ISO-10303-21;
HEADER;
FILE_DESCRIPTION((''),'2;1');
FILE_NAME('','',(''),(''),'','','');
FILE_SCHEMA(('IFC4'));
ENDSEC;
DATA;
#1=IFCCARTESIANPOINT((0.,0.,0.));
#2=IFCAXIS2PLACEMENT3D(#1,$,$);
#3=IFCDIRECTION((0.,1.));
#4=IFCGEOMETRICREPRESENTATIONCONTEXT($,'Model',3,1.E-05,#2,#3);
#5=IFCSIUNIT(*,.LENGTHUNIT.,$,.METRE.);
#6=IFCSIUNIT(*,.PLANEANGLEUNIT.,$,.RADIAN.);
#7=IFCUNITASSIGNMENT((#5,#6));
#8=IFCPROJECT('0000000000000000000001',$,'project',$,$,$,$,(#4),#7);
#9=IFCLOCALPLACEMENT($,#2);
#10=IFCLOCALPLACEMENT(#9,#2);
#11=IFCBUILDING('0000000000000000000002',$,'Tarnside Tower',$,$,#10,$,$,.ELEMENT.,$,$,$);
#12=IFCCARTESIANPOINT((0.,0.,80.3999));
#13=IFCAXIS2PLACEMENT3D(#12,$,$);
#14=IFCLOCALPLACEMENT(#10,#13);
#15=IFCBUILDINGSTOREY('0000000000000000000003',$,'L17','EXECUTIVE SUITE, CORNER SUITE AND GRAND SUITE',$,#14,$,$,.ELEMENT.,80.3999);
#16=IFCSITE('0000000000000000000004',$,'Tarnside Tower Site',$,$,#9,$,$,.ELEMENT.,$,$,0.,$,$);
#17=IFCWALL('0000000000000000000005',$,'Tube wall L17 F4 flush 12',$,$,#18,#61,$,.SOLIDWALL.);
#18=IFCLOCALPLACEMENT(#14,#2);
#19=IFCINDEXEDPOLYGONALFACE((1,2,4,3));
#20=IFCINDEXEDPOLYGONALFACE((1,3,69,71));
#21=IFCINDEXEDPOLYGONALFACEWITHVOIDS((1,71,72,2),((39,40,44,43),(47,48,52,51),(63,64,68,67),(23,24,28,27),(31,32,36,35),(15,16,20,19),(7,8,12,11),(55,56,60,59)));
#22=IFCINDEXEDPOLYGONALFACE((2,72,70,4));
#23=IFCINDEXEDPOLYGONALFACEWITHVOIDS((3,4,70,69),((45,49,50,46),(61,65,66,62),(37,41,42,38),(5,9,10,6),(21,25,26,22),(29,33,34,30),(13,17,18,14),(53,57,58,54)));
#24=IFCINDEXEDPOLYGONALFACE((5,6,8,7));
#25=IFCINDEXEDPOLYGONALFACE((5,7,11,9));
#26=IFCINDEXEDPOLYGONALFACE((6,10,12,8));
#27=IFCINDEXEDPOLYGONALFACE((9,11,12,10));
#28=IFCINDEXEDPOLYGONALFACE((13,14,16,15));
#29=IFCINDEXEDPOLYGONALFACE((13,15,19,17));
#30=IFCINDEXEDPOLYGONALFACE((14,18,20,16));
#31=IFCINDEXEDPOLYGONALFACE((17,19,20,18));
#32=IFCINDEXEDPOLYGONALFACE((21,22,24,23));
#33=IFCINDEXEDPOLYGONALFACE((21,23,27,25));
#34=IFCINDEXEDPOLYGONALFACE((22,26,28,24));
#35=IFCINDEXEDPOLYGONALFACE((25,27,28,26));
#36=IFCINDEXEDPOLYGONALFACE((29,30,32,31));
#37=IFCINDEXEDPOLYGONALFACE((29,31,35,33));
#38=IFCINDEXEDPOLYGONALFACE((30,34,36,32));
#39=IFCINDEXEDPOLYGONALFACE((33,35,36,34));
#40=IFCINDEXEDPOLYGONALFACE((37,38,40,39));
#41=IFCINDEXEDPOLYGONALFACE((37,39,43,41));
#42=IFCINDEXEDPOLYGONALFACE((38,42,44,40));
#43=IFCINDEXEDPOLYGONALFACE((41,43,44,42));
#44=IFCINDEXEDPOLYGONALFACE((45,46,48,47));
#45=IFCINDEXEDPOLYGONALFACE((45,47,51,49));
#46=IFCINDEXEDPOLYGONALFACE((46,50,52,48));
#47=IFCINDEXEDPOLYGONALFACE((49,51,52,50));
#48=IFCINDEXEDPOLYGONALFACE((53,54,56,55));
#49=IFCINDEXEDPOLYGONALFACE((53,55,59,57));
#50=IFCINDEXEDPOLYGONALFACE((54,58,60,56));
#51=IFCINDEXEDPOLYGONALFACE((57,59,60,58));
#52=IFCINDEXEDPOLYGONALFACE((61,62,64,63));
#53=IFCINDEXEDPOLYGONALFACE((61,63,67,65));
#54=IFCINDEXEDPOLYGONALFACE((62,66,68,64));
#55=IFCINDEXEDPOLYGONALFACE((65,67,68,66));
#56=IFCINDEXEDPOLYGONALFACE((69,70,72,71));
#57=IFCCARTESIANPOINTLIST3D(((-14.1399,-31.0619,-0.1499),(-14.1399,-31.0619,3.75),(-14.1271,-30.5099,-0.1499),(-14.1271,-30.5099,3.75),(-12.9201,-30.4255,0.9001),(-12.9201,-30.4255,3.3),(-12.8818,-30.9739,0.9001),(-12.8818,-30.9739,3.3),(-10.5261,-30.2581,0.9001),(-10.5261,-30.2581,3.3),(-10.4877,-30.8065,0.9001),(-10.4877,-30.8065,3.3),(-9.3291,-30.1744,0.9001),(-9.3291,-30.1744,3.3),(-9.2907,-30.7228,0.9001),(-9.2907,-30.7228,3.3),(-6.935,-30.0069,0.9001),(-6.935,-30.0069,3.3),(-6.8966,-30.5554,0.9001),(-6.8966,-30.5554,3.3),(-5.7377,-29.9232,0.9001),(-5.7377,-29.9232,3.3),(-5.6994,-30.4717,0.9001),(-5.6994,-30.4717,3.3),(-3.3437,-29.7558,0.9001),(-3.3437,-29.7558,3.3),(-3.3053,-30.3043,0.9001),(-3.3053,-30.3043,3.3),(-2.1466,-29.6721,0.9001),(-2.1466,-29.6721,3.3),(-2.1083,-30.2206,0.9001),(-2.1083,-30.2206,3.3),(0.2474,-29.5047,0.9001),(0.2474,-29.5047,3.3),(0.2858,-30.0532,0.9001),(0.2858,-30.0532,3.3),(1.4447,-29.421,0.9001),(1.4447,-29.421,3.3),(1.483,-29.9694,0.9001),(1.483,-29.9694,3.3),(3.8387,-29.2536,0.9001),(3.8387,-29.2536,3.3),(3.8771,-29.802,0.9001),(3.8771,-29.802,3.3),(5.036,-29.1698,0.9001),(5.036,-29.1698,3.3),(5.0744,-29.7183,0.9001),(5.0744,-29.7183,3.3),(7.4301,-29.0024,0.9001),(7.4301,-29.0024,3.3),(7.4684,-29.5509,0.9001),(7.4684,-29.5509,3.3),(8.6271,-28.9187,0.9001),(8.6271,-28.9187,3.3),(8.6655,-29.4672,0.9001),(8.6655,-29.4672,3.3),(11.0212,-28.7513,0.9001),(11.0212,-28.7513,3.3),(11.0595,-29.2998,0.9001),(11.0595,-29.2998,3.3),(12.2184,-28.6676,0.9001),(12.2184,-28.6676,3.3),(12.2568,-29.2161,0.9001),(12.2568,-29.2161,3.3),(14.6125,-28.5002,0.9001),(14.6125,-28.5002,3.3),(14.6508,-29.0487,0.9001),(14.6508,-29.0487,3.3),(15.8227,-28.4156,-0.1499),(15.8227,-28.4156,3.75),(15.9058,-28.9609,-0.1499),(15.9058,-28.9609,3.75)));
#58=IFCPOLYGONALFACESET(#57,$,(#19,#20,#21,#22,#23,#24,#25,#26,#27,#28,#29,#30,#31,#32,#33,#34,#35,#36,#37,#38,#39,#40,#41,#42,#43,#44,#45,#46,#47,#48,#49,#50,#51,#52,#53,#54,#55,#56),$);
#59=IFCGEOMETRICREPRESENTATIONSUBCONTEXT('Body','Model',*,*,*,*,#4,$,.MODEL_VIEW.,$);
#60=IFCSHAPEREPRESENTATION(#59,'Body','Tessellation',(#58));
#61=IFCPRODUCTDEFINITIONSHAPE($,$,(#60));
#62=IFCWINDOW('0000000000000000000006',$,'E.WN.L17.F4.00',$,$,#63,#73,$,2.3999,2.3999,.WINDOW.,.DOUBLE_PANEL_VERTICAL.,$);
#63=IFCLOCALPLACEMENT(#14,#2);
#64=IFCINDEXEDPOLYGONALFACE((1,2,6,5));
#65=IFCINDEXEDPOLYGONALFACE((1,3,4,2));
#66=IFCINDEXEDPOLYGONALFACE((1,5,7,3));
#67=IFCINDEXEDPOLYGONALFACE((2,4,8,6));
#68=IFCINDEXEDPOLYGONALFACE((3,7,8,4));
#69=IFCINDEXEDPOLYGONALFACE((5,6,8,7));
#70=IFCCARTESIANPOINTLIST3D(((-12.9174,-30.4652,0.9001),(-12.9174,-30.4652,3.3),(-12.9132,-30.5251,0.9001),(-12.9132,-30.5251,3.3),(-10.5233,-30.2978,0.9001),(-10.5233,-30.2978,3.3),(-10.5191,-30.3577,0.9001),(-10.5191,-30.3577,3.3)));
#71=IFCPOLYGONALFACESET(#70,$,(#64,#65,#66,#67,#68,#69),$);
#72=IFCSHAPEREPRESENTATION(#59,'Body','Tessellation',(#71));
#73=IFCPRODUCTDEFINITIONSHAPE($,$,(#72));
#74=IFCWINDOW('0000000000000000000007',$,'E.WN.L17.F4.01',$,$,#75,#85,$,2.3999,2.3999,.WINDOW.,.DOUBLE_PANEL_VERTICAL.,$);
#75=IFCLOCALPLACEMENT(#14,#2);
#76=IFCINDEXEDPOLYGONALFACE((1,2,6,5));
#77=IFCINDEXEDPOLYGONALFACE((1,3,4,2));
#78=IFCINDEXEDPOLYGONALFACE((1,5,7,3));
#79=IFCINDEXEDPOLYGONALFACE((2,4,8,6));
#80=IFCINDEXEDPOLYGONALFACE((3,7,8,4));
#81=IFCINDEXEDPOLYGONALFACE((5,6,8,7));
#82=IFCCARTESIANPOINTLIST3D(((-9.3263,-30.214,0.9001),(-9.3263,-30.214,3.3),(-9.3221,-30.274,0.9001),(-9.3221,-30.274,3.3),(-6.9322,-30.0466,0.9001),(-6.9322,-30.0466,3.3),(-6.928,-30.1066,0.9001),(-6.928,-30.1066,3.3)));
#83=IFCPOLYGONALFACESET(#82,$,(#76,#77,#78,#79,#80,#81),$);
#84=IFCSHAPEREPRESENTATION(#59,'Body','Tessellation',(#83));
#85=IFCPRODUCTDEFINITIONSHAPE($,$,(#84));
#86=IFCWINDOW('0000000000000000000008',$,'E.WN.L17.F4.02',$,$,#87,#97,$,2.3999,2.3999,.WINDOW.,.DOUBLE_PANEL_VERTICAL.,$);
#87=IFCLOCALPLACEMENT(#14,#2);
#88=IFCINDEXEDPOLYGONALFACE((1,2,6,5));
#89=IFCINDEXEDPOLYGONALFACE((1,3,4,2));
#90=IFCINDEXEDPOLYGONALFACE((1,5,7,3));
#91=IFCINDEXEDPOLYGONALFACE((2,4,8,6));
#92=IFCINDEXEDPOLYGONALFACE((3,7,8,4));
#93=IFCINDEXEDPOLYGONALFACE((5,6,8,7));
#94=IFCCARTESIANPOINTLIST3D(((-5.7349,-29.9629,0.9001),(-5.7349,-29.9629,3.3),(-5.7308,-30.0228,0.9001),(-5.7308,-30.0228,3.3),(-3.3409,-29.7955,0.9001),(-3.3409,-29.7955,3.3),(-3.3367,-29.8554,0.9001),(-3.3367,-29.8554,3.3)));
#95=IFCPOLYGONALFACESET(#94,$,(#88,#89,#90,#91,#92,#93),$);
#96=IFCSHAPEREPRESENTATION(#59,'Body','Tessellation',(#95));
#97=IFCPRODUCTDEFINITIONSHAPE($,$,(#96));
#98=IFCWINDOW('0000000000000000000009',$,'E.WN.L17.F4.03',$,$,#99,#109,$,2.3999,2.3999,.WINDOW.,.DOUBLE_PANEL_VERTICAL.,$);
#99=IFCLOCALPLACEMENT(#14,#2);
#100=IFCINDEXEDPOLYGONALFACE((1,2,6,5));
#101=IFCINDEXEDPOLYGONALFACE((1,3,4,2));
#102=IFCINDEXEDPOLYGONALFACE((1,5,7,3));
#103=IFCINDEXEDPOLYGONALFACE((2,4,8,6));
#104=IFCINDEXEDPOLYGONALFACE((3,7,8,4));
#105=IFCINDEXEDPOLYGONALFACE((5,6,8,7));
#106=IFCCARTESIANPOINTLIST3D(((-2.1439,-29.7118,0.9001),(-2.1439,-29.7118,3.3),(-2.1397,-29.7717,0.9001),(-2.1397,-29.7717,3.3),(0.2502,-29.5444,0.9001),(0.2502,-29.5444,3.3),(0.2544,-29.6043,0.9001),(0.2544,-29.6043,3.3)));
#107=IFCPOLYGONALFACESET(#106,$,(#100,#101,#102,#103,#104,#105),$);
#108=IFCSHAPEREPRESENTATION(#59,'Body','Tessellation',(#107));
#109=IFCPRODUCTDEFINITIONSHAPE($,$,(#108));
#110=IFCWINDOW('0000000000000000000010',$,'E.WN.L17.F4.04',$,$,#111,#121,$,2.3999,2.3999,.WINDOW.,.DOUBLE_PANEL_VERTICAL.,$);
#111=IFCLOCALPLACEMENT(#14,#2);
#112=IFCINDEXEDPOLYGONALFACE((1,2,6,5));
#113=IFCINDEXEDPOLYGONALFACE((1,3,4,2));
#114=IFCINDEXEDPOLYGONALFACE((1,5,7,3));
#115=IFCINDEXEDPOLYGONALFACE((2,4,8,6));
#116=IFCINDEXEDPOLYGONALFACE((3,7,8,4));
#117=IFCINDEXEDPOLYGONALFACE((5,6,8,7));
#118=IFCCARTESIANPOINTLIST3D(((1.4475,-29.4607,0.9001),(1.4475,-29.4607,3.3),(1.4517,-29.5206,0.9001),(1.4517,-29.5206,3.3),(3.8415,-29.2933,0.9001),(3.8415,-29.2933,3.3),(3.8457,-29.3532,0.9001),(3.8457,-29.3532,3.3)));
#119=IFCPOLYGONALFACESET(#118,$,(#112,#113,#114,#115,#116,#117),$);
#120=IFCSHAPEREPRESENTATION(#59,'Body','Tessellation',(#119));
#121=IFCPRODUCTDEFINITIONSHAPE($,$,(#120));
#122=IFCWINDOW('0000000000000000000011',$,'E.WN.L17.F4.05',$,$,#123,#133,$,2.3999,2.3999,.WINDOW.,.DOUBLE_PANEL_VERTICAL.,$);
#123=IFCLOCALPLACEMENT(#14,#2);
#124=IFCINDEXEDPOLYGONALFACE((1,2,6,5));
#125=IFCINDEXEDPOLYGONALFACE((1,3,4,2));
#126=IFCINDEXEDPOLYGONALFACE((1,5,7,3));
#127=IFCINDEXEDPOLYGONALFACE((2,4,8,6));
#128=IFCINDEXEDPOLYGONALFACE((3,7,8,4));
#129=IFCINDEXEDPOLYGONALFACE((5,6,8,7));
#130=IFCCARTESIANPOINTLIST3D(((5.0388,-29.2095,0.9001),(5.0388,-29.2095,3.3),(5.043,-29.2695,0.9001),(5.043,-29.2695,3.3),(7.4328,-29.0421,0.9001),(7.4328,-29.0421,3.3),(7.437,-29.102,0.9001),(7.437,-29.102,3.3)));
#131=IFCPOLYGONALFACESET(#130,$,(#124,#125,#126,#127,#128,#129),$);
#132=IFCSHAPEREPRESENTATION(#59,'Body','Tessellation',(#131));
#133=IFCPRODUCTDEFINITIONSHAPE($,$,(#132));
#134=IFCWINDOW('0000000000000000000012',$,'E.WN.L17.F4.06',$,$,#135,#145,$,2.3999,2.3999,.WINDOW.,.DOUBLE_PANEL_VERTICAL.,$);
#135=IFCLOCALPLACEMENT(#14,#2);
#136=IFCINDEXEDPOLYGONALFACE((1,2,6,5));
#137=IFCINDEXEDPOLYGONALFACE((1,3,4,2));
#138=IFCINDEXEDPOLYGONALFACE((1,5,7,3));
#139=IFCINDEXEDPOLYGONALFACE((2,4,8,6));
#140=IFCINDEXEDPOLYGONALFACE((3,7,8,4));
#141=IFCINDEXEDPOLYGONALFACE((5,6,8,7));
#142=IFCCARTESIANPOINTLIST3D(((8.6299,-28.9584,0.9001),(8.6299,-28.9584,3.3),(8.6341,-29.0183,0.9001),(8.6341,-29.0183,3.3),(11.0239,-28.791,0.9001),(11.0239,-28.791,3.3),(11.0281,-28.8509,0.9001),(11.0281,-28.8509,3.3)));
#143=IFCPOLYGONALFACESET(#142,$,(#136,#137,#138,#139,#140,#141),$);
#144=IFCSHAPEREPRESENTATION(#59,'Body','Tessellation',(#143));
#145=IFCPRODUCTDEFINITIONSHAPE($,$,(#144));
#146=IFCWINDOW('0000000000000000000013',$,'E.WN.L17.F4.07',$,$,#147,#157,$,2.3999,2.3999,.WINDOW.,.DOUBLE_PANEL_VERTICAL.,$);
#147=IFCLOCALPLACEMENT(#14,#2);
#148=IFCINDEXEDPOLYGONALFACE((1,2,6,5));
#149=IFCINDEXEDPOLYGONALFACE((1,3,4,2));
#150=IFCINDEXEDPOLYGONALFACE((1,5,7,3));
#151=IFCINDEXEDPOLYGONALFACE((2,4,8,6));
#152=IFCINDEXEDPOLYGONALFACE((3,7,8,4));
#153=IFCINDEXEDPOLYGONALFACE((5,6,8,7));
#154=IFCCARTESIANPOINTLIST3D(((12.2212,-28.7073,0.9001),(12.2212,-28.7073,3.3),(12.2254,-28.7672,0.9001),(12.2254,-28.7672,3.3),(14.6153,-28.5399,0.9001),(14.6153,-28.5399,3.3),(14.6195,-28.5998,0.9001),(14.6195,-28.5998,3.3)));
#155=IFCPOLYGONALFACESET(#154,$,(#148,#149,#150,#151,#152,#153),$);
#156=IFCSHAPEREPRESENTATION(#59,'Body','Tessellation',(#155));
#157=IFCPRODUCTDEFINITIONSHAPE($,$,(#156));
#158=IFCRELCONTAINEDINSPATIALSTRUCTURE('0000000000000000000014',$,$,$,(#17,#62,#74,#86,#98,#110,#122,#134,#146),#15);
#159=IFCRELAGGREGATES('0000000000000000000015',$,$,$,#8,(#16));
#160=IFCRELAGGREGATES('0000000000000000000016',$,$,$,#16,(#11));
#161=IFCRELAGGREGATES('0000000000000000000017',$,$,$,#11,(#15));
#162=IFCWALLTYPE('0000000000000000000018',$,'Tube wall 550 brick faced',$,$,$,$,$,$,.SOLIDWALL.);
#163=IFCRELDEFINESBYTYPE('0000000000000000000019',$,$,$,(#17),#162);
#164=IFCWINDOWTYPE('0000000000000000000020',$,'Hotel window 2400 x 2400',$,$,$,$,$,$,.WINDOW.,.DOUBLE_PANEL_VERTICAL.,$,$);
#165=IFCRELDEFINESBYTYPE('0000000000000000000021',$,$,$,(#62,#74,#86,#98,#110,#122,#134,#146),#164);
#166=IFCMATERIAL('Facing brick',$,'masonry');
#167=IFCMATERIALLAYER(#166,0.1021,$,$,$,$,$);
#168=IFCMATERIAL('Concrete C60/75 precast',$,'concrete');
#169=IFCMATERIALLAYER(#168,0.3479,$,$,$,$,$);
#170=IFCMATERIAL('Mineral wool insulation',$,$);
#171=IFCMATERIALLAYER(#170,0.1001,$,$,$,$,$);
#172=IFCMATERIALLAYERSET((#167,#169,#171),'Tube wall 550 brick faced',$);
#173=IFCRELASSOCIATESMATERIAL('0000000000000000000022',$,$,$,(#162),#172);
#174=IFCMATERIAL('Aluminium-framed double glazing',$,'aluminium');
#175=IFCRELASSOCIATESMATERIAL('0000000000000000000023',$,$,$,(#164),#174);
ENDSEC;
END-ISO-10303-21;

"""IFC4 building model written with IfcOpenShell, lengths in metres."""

from ifc_helpers import new_model, si_unit, direction, frame, frame_2d, origin, place, context, subcontext, project, spatial, polyline, rectangle, outline, extrude, material, layer, layer_set, type_object, element, fill, save


model = new_model("IFC4")

# Units and contexts
model_context = context("Model", 3, precision=1e-05, world=origin(), true_north=direction((0.0, 1.0)))
body_context = subcontext(model_context, "Body", "Model", "MODEL_VIEW")
ifc_project = project(units=[si_unit("LENGTHUNIT", "METRE"), si_unit("PLANEANGLEUNIT", "RADIAN")], contexts=[model_context])

# Site, building, storey
site_placement = place(None, origin())
site = spatial("IfcSite", under=ifc_project, at=site_placement, Name="Tarnside Tower Site", CompositionType="ELEMENT", RefElevation=0.0)
building_placement = place(site_placement, origin())
building = spatial("IfcBuilding", under=site, at=building_placement, Name="Tarnside Tower", CompositionType="ELEMENT")
storey_placement = place(building_placement, frame((0.0, 0.0, 80.3999)))
storey = spatial("IfcBuildingStorey", under=building, at=storey_placement, Name="L17", Description="EXECUTIVE SUITE, CORNER SUITE AND GRAND SUITE", CompositionType="ELEMENT", Elevation=80.3999)

# Shared definitions
ifc_material_1 = material(Name="Facing brick", Category="masonry")
ifc_layer_1 = layer(ifc_material_1, 0.1021)
ifc_material_2 = material(Name="Concrete C60/75 precast", Category="concrete")
ifc_layer_2 = layer(ifc_material_2, 0.3479)
ifc_material_3 = material(Name="Mineral wool insulation")
ifc_layer_3 = layer(ifc_material_3, 0.1001)
ifc_layer_set_1 = layer_set([ifc_layer_1, ifc_layer_2, ifc_layer_3], Name="Tube wall 550 brick faced")
wall_type_1 = type_object("IfcWallType", Name="Tube wall 550 brick faced", PredefinedType="SOLIDWALL", material=ifc_layer_set_1)

# Wall, openings, windows
wall_1_placement = place(storey_placement, frame((-14.1335, -30.7859, -0.1499), z_axis=(0.0, 0.0, 1.0), x_axis=(0.997564, 0.069757, 0.0)))
wall_1 = element("IfcWall", 1, at=wall_1_placement, inside=storey, type_object=wall_type_1, Name="Tube wall L17 F4 flush 12", PredefinedType="SOLIDWALL", context=body_context, shape_type="SweptSolid", body=[
    extrude(outline(polyline([(-0.0256, -0.2749), (30.0935, -0.2749), (30.0486, 0.2749), (0.0256, 0.2749), (-0.0256, -0.2749)])), origin(), (0.0, 0.0, 1.0), 3.8999),
])
opening_1_placement = place(wall_1_placement, frame((1.2356, 0.0, 1.05)))
opening_1 = element("IfcOpeningElement", 2, at=opening_1_placement, cuts=wall_1, PredefinedType="OPENING", context=body_context, shape_type="SweptSolid", body=[
    extrude(rectangle(XDim=2.3999, YDim=2.3999, at=frame_2d((1.2, 1.2))), frame((0.0, 0.2852, 0.0), z_axis=(0.0, -1.0, 0.0), x_axis=(1.0, 0.0, 0.0)), (0.0, 0.0, 1.0), 0.5701),
])
opening_2_placement = place(wall_1_placement, frame((4.8354, 0.0, 1.05)))
opening_2 = element("IfcOpeningElement", 3, at=opening_2_placement, cuts=wall_1, PredefinedType="OPENING", context=body_context, shape_type="SweptSolid", body=[
    extrude(rectangle(XDim=2.3999, YDim=2.3999, at=frame_2d((1.2, 1.2))), frame((0.0, 0.2852, 0.0), z_axis=(0.0, -1.0, 0.0), x_axis=(1.0, 0.0, 0.0)), (0.0, 0.0, 1.0), 0.5701),
])
opening_3_placement = place(wall_1_placement, frame((8.4355, 0.0, 1.05)))
opening_3 = element("IfcOpeningElement", 4, at=opening_3_placement, cuts=wall_1, PredefinedType="OPENING", context=body_context, shape_type="SweptSolid", body=[
    extrude(rectangle(XDim=2.3999, YDim=2.3999, at=frame_2d((1.2, 1.2))), frame((0.0, 0.2852, 0.0), z_axis=(0.0, -1.0, 0.0), x_axis=(1.0, 0.0, 0.0)), (0.0, 0.0, 1.0), 0.5701),
])
opening_4_placement = place(wall_1_placement, frame((12.0354, 0.0, 1.05)))
opening_4 = element("IfcOpeningElement", 5, at=opening_4_placement, cuts=wall_1, PredefinedType="OPENING", context=body_context, shape_type="SweptSolid", body=[
    extrude(rectangle(XDim=2.3999, YDim=2.3999, at=frame_2d((1.2, 1.2))), frame((0.0, 0.2852, 0.0), z_axis=(0.0, -1.0, 0.0), x_axis=(1.0, 0.0, 0.0)), (0.0, 0.0, 1.0), 0.5701),
])
opening_5_placement = place(wall_1_placement, frame((15.6355, 0.0, 1.05)))
opening_5 = element("IfcOpeningElement", 6, at=opening_5_placement, cuts=wall_1, PredefinedType="OPENING", context=body_context, shape_type="SweptSolid", body=[
    extrude(rectangle(XDim=2.3999, YDim=2.3999, at=frame_2d((1.2, 1.2))), frame((0.0, 0.2852, 0.0), z_axis=(0.0, -1.0, 0.0), x_axis=(1.0, 0.0, 0.0)), (0.0, 0.0, 1.0), 0.5701),
])
opening_6_placement = place(wall_1_placement, frame((19.2356, 0.0, 1.05)))
opening_6 = element("IfcOpeningElement", 7, at=opening_6_placement, cuts=wall_1, PredefinedType="OPENING", context=body_context, shape_type="SweptSolid", body=[
    extrude(rectangle(XDim=2.3999, YDim=2.3999, at=frame_2d((1.2, 1.2))), frame((0.0, 0.2852, 0.0), z_axis=(0.0, -1.0, 0.0), x_axis=(1.0, 0.0, 0.0)), (0.0, 0.0, 1.0), 0.5701),
])
opening_7_placement = place(wall_1_placement, frame((22.8354, 0.0, 1.05)))
opening_7 = element("IfcOpeningElement", 8, at=opening_7_placement, cuts=wall_1, PredefinedType="OPENING", context=body_context, shape_type="SweptSolid", body=[
    extrude(rectangle(XDim=2.3999, YDim=2.3999, at=frame_2d((1.2, 1.2))), frame((0.0, 0.2852, 0.0), z_axis=(0.0, -1.0, 0.0), x_axis=(1.0, 0.0, 0.0)), (0.0, 0.0, 1.0), 0.5701),
])
opening_8_placement = place(wall_1_placement, frame((26.4355, 0.0, 1.05)))
opening_8 = element("IfcOpeningElement", 9, at=opening_8_placement, cuts=wall_1, PredefinedType="OPENING", context=body_context, shape_type="SweptSolid", body=[
    extrude(rectangle(XDim=2.3999, YDim=2.3999, at=frame_2d((1.2, 1.2))), frame((0.0, 0.2852, 0.0), z_axis=(0.0, -1.0, 0.0), x_axis=(1.0, 0.0, 0.0)), (0.0, 0.0, 1.0), 0.5701),
])
ifc_material_4 = material(Name="Aluminium-framed double glazing", Category="aluminium")
window_type = type_object("IfcWindowType", Name="Hotel window 2400 x 2400", PartitioningType="DOUBLE_PANEL_VERTICAL", PredefinedType="WINDOW", material=ifc_material_4)
window_1_placement = place(opening_1_placement, frame((0.0, 0.2051, 0.0)))
window_1 = element("IfcWindow", 10, at=window_1_placement, inside=storey, type_object=window_type, Name="E.WN.L17.F4.00", OverallHeight=2.3999, OverallWidth=2.3999, PartitioningType="DOUBLE_PANEL_VERTICAL", PredefinedType="WINDOW", context=body_context, shape_type="SweptSolid", body=[
    extrude(rectangle(XDim=2.3999, YDim=2.3999, at=frame_2d((1.2, 1.2))), frame((0.0, 0.03, 0.0), z_axis=(0.0, -1.0, 0.0), x_axis=(1.0, 0.0, 0.0)), (0.0, 0.0, 1.0), 0.0601),
])
fill(opening_1, window_1)
window_2_placement = place(opening_2_placement, frame((0.0, 0.2051, 0.0)))
window_2 = element("IfcWindow", 11, at=window_2_placement, inside=storey, type_object=window_type, Name="E.WN.L17.F4.01", OverallHeight=2.3999, OverallWidth=2.3999, PartitioningType="DOUBLE_PANEL_VERTICAL", PredefinedType="WINDOW", context=body_context, shape_type="SweptSolid", body=[
    extrude(rectangle(XDim=2.3999, YDim=2.3999, at=frame_2d((1.2, 1.2))), frame((0.0, 0.03, 0.0), z_axis=(0.0, -1.0, 0.0), x_axis=(1.0, 0.0, 0.0)), (0.0, 0.0, 1.0), 0.0601),
])
fill(opening_2, window_2)
window_3_placement = place(opening_3_placement, frame((0.0, 0.2051, 0.0)))
window_3 = element("IfcWindow", 12, at=window_3_placement, inside=storey, type_object=window_type, Name="E.WN.L17.F4.02", OverallHeight=2.3999, OverallWidth=2.3999, PartitioningType="DOUBLE_PANEL_VERTICAL", PredefinedType="WINDOW", context=body_context, shape_type="SweptSolid", body=[
    extrude(rectangle(XDim=2.3999, YDim=2.3999, at=frame_2d((1.2, 1.2))), frame((0.0, 0.03, 0.0), z_axis=(0.0, -1.0, 0.0), x_axis=(1.0, 0.0, 0.0)), (0.0, 0.0, 1.0), 0.0601),
])
fill(opening_3, window_3)
window_4_placement = place(opening_4_placement, frame((0.0, 0.2051, 0.0)))
window_4 = element("IfcWindow", 13, at=window_4_placement, inside=storey, type_object=window_type, Name="E.WN.L17.F4.03", OverallHeight=2.3999, OverallWidth=2.3999, PartitioningType="DOUBLE_PANEL_VERTICAL", PredefinedType="WINDOW", context=body_context, shape_type="SweptSolid", body=[
    extrude(rectangle(XDim=2.3999, YDim=2.3999, at=frame_2d((1.2, 1.2))), frame((0.0, 0.03, 0.0), z_axis=(0.0, -1.0, 0.0), x_axis=(1.0, 0.0, 0.0)), (0.0, 0.0, 1.0), 0.0601),
])
fill(opening_4, window_4)
window_5_placement = place(opening_5_placement, frame((0.0, 0.2051, 0.0)))
window_5 = element("IfcWindow", 14, at=window_5_placement, inside=storey, type_object=window_type, Name="E.WN.L17.F4.04", OverallHeight=2.3999, OverallWidth=2.3999, PartitioningType="DOUBLE_PANEL_VERTICAL", PredefinedType="WINDOW", context=body_context, shape_type="SweptSolid", body=[
    extrude(rectangle(XDim=2.3999, YDim=2.3999, at=frame_2d((1.2, 1.2))), frame((0.0, 0.03, 0.0), z_axis=(0.0, -1.0, 0.0), x_axis=(1.0, 0.0, 0.0)), (0.0, 0.0, 1.0), 0.0601),
])
fill(opening_5, window_5)
window_6_placement = place(opening_6_placement, frame((0.0, 0.2051, 0.0)))
window_6 = element("IfcWindow", 15, at=window_6_placement, inside=storey, type_object=window_type, Name="E.WN.L17.F4.05", OverallHeight=2.3999, OverallWidth=2.3999, PartitioningType="DOUBLE_PANEL_VERTICAL", PredefinedType="WINDOW", context=body_context, shape_type="SweptSolid", body=[
    extrude(rectangle(XDim=2.3999, YDim=2.3999, at=frame_2d((1.2, 1.2))), frame((0.0, 0.03, 0.0), z_axis=(0.0, -1.0, 0.0), x_axis=(1.0, 0.0, 0.0)), (0.0, 0.0, 1.0), 0.0601),
])
fill(opening_6, window_6)
window_7_placement = place(opening_7_placement, frame((0.0, 0.2051, 0.0)))
window_7 = element("IfcWindow", 16, at=window_7_placement, inside=storey, type_object=window_type, Name="E.WN.L17.F4.06", OverallHeight=2.3999, OverallWidth=2.3999, PartitioningType="DOUBLE_PANEL_VERTICAL", PredefinedType="WINDOW", context=body_context, shape_type="SweptSolid", body=[
    extrude(rectangle(XDim=2.3999, YDim=2.3999, at=frame_2d((1.2, 1.2))), frame((0.0, 0.03, 0.0), z_axis=(0.0, -1.0, 0.0), x_axis=(1.0, 0.0, 0.0)), (0.0, 0.0, 1.0), 0.0601),
])
fill(opening_7, window_7)
window_8_placement = place(opening_8_placement, frame((0.0, 0.2051, 0.0)))
window_8 = element("IfcWindow", 17, at=window_8_placement, inside=storey, type_object=window_type, Name="E.WN.L17.F4.07", OverallHeight=2.3999, OverallWidth=2.3999, PartitioningType="DOUBLE_PANEL_VERTICAL", PredefinedType="WINDOW", context=body_context, shape_type="SweptSolid", body=[
    extrude(rectangle(XDim=2.3999, YDim=2.3999, at=frame_2d((1.2, 1.2))), frame((0.0, 0.03, 0.0), z_axis=(0.0, -1.0, 0.0), x_axis=(1.0, 0.0, 0.0)), (0.0, 0.0, 1.0), 0.0601),
])
fill(opening_8, window_8)

save(model, "model.ifc")
